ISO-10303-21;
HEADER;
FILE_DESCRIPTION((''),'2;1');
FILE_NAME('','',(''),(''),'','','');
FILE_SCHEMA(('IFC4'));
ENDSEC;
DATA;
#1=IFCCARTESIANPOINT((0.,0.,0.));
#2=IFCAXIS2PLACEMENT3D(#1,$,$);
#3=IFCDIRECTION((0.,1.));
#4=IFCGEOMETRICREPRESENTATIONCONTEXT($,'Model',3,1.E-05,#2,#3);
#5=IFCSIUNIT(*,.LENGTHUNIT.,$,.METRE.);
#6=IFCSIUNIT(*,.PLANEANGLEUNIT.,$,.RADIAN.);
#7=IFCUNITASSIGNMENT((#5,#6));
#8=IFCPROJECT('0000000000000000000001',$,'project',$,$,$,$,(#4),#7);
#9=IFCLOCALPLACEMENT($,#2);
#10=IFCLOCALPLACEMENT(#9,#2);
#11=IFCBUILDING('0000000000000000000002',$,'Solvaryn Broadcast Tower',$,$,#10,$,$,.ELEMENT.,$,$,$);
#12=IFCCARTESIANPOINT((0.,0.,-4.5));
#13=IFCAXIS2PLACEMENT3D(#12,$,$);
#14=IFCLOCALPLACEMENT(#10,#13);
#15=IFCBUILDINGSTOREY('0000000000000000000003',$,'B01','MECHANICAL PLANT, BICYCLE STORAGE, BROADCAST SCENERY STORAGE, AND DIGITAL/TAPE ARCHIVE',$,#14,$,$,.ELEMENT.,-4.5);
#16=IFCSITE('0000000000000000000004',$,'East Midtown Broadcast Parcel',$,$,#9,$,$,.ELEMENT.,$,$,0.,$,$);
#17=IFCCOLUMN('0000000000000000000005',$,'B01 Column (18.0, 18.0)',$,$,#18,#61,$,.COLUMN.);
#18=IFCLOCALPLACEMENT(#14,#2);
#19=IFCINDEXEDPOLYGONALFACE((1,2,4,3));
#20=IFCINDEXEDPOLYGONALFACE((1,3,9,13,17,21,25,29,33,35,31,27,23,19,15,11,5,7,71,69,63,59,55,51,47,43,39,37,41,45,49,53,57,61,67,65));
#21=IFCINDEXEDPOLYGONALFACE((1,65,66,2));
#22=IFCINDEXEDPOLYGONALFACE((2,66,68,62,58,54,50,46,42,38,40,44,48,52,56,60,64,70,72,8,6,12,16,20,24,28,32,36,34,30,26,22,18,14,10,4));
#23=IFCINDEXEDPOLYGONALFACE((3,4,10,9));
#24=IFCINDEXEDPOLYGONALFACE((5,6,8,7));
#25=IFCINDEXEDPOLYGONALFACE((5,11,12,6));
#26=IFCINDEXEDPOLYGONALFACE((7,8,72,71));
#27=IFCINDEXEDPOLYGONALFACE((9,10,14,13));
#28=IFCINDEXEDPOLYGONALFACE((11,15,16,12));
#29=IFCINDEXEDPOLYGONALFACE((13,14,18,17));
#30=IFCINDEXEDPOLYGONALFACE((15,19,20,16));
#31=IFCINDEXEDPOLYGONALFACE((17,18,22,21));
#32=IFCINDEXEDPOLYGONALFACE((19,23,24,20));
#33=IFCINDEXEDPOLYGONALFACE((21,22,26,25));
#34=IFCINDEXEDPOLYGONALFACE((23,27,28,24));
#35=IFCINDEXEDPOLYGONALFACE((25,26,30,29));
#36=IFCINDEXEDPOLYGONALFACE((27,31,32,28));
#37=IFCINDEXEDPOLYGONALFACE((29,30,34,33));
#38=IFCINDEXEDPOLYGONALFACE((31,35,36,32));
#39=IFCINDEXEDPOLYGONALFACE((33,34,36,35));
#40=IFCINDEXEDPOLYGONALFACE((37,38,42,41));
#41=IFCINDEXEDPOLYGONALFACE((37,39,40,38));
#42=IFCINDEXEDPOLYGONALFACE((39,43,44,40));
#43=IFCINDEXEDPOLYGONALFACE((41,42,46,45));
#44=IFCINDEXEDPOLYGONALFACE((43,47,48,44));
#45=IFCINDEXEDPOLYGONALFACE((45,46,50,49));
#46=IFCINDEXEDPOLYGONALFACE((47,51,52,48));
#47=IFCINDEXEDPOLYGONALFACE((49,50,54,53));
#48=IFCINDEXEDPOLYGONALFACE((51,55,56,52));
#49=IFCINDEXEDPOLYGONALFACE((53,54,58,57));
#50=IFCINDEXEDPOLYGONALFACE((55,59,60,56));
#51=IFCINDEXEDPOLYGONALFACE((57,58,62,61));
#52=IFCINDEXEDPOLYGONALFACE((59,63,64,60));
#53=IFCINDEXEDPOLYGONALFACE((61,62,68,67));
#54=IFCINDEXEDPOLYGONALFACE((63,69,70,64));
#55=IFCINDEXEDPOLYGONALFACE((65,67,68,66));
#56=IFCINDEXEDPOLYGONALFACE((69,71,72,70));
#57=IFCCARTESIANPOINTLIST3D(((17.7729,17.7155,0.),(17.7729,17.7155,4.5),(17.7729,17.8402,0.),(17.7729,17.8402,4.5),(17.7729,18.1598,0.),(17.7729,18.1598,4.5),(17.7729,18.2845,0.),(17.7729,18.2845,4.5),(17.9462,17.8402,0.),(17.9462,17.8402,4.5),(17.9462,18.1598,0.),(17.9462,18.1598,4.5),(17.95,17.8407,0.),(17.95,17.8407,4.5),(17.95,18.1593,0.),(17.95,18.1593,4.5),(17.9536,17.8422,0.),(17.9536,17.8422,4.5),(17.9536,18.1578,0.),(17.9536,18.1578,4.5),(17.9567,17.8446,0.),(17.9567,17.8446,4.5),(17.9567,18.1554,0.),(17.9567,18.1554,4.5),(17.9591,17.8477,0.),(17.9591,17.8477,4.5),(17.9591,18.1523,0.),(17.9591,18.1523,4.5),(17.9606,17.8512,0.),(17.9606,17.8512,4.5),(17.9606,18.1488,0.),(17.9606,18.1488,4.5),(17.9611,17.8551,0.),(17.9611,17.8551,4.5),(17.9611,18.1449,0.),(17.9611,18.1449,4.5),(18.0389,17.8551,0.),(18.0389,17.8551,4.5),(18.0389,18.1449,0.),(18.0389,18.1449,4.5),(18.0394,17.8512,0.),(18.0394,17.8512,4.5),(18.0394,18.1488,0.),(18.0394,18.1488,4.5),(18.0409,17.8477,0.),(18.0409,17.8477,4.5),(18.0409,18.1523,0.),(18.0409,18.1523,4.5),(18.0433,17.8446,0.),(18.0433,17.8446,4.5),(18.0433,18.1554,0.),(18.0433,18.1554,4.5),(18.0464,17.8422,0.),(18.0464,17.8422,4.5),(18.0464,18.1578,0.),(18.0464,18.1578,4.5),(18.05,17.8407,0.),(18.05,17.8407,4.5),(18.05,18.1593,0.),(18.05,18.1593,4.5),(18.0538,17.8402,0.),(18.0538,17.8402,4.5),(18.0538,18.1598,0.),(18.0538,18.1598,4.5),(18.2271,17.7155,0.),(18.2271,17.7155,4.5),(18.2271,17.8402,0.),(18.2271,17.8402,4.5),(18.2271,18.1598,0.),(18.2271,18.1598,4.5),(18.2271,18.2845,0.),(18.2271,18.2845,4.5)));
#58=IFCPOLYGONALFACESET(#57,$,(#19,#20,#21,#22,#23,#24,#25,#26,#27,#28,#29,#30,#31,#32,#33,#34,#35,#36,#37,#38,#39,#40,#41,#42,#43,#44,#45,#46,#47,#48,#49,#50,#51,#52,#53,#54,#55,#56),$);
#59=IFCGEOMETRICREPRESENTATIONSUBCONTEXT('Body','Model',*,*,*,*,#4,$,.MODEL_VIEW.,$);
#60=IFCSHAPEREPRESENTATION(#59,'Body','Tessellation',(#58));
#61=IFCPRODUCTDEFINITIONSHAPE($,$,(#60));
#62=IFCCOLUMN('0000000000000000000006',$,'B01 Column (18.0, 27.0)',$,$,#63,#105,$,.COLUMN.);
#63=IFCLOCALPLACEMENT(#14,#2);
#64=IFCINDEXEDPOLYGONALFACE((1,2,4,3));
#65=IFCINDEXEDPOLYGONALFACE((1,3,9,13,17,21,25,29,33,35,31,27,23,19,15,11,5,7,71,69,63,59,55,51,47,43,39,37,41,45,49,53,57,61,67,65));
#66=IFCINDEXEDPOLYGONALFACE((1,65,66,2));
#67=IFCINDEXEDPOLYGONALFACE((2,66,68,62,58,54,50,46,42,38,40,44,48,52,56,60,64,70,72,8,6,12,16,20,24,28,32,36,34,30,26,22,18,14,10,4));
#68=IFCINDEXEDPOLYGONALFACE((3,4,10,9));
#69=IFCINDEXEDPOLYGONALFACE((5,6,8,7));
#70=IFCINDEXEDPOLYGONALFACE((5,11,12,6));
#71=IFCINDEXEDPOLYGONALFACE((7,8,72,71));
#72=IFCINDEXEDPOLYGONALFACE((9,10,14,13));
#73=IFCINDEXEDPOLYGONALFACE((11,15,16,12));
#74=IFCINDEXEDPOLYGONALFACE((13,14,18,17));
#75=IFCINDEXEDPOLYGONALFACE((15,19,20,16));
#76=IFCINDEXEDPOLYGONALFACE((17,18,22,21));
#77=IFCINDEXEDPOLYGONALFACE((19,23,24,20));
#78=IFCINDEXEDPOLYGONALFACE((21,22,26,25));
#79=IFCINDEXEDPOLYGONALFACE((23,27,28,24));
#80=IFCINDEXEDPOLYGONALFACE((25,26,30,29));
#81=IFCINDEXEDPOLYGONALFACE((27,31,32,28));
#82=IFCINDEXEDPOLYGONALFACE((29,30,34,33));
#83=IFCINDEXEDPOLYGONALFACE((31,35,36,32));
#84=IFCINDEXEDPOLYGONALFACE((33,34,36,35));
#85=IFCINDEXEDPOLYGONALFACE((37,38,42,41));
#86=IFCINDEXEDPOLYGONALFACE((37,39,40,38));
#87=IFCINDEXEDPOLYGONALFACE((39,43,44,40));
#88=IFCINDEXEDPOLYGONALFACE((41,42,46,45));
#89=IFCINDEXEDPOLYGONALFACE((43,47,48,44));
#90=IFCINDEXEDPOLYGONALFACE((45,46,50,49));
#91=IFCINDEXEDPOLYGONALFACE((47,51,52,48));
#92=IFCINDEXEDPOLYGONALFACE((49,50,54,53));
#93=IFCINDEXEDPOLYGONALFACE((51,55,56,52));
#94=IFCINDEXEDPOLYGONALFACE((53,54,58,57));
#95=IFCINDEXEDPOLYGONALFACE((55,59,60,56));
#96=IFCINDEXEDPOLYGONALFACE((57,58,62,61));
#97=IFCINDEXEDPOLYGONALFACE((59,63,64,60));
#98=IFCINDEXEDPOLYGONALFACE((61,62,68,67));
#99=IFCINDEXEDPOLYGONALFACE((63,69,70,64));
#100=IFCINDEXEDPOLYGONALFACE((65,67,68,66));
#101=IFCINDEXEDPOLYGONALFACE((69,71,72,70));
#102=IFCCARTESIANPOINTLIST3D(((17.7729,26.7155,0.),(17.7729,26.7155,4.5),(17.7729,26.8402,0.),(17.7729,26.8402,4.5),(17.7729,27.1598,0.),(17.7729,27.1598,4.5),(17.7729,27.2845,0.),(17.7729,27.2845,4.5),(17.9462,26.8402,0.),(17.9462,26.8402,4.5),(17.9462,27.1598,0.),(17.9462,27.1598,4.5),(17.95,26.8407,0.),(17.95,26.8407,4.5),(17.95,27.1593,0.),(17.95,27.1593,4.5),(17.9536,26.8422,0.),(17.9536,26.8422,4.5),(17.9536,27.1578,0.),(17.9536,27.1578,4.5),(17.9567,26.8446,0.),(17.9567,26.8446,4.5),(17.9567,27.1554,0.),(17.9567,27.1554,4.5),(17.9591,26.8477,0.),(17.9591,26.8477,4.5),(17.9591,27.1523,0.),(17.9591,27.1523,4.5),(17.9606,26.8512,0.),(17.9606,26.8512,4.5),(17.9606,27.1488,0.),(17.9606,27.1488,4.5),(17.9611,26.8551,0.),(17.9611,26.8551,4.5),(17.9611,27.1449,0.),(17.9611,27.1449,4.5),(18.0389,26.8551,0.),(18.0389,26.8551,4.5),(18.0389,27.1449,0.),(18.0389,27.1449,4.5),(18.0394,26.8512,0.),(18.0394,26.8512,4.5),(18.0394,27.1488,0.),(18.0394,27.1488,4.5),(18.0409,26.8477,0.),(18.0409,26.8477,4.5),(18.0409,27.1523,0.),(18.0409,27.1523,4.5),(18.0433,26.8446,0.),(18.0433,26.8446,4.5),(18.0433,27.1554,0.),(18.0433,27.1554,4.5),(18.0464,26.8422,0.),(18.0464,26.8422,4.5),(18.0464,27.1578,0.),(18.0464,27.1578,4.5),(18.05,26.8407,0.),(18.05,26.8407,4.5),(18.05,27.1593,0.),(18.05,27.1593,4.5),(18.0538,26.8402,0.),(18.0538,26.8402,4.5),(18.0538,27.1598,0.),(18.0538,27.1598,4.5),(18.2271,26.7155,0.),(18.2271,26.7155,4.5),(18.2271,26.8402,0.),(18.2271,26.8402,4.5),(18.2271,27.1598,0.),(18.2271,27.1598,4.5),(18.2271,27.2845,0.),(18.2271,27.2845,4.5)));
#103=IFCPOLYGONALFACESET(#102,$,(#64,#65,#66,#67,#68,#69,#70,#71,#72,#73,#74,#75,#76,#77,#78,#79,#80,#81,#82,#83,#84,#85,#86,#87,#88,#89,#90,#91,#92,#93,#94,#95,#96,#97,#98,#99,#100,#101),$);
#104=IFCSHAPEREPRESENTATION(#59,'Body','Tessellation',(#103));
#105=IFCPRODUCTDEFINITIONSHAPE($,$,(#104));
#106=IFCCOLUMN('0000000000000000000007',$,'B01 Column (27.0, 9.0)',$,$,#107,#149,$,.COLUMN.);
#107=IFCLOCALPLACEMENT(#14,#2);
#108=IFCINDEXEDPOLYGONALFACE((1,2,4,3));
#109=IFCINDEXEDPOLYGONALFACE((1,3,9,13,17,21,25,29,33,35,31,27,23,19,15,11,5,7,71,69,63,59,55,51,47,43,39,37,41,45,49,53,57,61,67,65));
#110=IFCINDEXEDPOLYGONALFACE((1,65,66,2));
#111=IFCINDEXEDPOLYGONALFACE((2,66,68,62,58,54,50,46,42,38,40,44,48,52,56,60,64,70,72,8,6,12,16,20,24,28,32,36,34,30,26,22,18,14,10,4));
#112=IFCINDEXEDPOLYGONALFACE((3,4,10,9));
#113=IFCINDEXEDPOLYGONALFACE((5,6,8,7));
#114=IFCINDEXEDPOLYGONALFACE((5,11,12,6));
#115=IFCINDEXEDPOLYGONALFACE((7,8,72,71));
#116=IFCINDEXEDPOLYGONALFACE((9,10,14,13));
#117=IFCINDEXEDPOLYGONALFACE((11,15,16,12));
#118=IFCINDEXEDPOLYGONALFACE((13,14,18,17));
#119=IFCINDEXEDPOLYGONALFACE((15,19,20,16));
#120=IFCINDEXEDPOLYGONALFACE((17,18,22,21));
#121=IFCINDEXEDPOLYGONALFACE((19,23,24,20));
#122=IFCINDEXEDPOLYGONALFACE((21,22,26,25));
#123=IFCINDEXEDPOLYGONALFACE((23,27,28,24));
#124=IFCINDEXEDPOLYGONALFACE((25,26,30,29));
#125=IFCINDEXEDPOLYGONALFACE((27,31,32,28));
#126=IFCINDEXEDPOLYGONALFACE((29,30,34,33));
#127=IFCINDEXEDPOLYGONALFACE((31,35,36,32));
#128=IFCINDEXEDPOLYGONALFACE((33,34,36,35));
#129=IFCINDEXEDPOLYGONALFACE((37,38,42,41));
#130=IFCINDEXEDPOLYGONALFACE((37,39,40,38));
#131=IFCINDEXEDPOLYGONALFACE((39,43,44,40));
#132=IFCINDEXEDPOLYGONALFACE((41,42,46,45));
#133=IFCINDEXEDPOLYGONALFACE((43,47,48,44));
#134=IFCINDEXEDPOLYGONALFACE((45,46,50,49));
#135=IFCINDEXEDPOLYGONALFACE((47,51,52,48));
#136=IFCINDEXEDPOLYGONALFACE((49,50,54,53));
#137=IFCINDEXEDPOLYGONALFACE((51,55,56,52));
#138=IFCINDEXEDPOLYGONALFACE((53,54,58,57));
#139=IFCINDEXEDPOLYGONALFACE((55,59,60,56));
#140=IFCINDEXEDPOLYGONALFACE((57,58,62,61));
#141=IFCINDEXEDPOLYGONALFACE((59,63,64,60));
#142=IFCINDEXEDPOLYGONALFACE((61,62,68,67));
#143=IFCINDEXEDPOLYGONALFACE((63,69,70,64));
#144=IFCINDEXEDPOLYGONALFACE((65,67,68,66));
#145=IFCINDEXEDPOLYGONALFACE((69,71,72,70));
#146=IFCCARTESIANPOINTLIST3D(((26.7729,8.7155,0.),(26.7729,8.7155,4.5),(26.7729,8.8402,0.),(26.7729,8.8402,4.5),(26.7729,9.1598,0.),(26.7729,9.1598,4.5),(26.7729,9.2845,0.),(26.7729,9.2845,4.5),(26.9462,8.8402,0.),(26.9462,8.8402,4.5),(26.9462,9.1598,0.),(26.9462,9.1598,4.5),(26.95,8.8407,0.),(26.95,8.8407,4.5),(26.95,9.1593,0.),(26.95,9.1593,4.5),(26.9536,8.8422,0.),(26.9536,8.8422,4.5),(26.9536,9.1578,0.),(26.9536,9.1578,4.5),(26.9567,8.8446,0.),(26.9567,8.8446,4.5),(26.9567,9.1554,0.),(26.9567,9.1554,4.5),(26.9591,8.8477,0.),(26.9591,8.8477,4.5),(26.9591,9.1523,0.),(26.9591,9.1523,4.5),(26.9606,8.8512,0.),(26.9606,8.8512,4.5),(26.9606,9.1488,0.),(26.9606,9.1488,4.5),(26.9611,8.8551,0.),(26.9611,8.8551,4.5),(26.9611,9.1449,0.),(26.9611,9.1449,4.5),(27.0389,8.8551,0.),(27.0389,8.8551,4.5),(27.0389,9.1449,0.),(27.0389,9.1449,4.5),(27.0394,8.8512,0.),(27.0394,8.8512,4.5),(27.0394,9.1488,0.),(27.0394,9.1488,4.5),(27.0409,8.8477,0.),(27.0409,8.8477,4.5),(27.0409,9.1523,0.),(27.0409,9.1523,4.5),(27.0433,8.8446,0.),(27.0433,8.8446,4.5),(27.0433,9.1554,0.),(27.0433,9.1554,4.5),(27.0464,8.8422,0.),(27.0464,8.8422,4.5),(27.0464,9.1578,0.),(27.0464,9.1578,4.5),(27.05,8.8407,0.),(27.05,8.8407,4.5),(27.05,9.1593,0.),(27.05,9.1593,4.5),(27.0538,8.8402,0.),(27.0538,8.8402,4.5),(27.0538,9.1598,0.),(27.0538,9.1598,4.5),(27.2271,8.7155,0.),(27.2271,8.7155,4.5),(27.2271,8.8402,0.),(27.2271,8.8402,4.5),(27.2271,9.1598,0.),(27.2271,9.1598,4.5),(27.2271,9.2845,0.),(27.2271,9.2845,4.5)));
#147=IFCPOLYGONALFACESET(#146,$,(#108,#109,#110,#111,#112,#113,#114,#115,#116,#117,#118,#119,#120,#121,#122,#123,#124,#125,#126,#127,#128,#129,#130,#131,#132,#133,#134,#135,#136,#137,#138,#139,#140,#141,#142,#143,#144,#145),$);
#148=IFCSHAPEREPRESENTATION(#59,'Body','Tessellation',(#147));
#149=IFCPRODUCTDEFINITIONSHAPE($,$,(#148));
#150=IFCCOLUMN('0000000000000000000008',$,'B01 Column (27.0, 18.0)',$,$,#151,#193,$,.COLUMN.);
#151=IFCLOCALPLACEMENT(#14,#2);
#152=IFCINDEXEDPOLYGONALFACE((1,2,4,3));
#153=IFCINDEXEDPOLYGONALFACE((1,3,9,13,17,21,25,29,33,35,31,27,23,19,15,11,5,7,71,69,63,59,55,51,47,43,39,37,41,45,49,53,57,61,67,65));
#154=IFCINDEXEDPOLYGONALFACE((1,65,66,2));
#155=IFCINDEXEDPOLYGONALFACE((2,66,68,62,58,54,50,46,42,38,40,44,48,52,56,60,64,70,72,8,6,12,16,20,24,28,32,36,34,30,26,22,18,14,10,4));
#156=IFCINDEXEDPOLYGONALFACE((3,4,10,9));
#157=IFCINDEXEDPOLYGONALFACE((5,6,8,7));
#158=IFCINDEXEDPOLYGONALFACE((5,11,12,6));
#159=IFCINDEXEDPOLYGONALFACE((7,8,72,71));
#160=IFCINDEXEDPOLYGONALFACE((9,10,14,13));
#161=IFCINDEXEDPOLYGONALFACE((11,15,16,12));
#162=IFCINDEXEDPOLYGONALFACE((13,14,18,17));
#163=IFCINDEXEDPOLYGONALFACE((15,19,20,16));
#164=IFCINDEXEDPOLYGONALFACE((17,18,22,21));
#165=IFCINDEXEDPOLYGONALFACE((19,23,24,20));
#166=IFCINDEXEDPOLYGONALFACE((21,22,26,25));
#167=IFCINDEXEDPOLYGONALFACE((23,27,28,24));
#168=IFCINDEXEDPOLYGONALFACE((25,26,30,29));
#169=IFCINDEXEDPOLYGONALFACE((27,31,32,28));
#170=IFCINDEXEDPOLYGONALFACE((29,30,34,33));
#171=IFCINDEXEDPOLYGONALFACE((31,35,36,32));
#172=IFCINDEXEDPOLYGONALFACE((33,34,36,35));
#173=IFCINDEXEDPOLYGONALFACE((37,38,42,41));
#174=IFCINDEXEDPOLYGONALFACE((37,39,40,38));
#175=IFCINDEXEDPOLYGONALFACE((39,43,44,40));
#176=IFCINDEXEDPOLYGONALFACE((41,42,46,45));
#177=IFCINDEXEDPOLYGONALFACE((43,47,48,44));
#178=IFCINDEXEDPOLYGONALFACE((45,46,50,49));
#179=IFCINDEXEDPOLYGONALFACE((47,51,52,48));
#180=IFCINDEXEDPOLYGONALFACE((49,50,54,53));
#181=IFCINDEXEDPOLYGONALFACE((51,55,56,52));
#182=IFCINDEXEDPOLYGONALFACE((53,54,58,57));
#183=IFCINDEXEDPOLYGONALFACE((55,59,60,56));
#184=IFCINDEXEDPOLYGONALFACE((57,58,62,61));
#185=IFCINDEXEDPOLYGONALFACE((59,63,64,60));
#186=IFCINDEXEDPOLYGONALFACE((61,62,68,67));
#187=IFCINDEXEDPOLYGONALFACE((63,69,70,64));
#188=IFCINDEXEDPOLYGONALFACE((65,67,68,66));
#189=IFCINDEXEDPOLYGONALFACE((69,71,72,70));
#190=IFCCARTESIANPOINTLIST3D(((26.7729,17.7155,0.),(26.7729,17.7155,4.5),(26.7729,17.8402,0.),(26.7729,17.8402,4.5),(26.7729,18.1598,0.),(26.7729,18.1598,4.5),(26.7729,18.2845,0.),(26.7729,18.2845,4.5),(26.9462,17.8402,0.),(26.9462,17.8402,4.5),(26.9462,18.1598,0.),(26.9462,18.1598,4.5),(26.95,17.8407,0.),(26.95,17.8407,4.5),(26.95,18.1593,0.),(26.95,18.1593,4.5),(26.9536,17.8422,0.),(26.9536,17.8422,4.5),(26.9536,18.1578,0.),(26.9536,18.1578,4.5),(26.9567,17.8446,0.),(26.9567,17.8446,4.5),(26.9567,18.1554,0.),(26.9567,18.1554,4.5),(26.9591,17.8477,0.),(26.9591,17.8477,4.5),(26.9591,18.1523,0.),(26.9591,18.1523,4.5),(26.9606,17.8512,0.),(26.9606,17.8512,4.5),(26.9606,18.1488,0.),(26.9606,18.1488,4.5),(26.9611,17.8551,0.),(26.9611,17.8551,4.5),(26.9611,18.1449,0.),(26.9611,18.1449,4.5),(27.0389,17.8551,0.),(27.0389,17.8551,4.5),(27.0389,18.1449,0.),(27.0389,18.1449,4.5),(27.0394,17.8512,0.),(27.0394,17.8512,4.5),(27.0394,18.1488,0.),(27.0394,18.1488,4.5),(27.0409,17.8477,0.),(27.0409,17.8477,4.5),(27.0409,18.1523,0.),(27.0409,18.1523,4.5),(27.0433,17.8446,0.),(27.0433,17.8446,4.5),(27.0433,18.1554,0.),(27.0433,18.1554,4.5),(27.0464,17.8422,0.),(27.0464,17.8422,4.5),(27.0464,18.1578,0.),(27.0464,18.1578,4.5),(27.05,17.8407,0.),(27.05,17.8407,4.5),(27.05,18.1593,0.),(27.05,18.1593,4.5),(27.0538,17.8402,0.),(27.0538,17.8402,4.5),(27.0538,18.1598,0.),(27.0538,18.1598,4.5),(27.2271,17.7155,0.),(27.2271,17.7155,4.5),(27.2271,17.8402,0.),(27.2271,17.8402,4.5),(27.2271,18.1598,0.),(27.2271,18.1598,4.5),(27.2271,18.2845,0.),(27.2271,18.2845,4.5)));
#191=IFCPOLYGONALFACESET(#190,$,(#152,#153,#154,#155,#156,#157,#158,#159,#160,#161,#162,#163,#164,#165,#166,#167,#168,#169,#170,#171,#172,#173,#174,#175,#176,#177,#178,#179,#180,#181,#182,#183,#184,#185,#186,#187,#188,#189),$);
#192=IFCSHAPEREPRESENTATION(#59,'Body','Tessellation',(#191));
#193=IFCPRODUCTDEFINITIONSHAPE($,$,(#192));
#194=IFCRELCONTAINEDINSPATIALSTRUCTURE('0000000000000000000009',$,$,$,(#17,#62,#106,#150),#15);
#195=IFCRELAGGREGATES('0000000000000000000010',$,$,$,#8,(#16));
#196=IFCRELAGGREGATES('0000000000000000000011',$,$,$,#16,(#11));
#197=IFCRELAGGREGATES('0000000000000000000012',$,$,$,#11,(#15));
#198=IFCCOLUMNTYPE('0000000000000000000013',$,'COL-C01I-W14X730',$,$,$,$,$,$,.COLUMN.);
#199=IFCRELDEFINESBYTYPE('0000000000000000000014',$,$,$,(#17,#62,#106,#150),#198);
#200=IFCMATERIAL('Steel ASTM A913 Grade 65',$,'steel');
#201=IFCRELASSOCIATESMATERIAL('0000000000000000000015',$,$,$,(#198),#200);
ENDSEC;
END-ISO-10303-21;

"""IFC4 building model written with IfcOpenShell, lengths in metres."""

from ifc_helpers import new_model, si_unit, direction, frame, origin, origin_2d, place, context, subcontext, project, spatial, i_section, extrude, material, material_profile, profile_set, type_object, element, save


model = new_model("IFC4")

# Units and contexts
model_context = context("Model", 3, precision=1e-05, world=origin(), true_north=direction((0.0, 1.0)))
body_context = subcontext(model_context, "Body", "Model", "MODEL_VIEW")
ifc_project = project(units=[si_unit("LENGTHUNIT", "METRE"), si_unit("PLANEANGLEUNIT", "RADIAN")], contexts=[model_context])

# Site, building, storey
site_placement = place(None, origin())
site = spatial("IfcSite", under=ifc_project, at=site_placement, Name="East Midtown Broadcast Parcel", CompositionType="ELEMENT", RefElevation=0.0)
building_placement = place(site_placement, origin())
building = spatial("IfcBuilding", under=site, at=building_placement, Name="Solvaryn Broadcast Tower", CompositionType="ELEMENT")
storey_placement = place(building_placement, frame((0.0, 0.0, -4.5)))
storey = spatial("IfcBuildingStorey", under=building, at=storey_placement, Name="B01", Description="MECHANICAL PLANT, BICYCLE STORAGE, BROADCAST SCENERY STORAGE, AND DIGITAL/TAPE ARCHIVE", CompositionType="ELEMENT", Elevation=-4.5)

# Columns
ifc_material_1 = material(Name="Steel ASTM A913 Grade 65", Category="steel")
ifc_material_profile_1 = material_profile(ifc_material_1, i_section(OverallWidth=0.4541, OverallDepth=0.5691, WebThickness=0.0779, FlangeThickness=0.1248, FilletRadius=0.0149, at=origin_2d()))
ifc_profile_set_1 = profile_set([ifc_material_profile_1], Name="Steel ASTM A913 Grade 65")
column_type = type_object("IfcColumnType", Name="COL-C01I-W14X730", PredefinedType="COLUMN", material=ifc_profile_set_1)
for number, where, z_axis, x_axis, name in (
    (1, (18.0, 18.0, 0.0), (0.0, 0.0, 1.0), (1.0, 0.0, 0.0), "B01 Column (18.0, 18.0)"),
    (2, (18.0, 27.0, 0.0), (0.0, 0.0, 1.0), (1.0, 0.0, 0.0), "B01 Column (18.0, 27.0)"),
    (3, (27.0, 9.0, 0.0), (0.0, 0.0, 1.0), (1.0, 0.0, 0.0), "B01 Column (27.0, 9.0)"),
    (4, (27.0, 18.0, 0.0), (0.0, 0.0, 1.0), (1.0, 0.0, 0.0), "B01 Column (27.0, 18.0)"),
):
    element("IfcColumn", number, at=place(storey_placement, frame(where, z_axis=z_axis, x_axis=x_axis)), inside=storey, type_object=column_type, Name=name, PredefinedType="COLUMN", context=body_context, shape_type="SweptSolid", body=[
        extrude(i_section(OverallWidth=0.4541, OverallDepth=0.5691, WebThickness=0.0779, FlangeThickness=0.1248, FilletRadius=0.0149, at=origin_2d()), origin(), (0.0, 0.0, 1.0), 4.5),
    ])

save(model, "model.ifc")
